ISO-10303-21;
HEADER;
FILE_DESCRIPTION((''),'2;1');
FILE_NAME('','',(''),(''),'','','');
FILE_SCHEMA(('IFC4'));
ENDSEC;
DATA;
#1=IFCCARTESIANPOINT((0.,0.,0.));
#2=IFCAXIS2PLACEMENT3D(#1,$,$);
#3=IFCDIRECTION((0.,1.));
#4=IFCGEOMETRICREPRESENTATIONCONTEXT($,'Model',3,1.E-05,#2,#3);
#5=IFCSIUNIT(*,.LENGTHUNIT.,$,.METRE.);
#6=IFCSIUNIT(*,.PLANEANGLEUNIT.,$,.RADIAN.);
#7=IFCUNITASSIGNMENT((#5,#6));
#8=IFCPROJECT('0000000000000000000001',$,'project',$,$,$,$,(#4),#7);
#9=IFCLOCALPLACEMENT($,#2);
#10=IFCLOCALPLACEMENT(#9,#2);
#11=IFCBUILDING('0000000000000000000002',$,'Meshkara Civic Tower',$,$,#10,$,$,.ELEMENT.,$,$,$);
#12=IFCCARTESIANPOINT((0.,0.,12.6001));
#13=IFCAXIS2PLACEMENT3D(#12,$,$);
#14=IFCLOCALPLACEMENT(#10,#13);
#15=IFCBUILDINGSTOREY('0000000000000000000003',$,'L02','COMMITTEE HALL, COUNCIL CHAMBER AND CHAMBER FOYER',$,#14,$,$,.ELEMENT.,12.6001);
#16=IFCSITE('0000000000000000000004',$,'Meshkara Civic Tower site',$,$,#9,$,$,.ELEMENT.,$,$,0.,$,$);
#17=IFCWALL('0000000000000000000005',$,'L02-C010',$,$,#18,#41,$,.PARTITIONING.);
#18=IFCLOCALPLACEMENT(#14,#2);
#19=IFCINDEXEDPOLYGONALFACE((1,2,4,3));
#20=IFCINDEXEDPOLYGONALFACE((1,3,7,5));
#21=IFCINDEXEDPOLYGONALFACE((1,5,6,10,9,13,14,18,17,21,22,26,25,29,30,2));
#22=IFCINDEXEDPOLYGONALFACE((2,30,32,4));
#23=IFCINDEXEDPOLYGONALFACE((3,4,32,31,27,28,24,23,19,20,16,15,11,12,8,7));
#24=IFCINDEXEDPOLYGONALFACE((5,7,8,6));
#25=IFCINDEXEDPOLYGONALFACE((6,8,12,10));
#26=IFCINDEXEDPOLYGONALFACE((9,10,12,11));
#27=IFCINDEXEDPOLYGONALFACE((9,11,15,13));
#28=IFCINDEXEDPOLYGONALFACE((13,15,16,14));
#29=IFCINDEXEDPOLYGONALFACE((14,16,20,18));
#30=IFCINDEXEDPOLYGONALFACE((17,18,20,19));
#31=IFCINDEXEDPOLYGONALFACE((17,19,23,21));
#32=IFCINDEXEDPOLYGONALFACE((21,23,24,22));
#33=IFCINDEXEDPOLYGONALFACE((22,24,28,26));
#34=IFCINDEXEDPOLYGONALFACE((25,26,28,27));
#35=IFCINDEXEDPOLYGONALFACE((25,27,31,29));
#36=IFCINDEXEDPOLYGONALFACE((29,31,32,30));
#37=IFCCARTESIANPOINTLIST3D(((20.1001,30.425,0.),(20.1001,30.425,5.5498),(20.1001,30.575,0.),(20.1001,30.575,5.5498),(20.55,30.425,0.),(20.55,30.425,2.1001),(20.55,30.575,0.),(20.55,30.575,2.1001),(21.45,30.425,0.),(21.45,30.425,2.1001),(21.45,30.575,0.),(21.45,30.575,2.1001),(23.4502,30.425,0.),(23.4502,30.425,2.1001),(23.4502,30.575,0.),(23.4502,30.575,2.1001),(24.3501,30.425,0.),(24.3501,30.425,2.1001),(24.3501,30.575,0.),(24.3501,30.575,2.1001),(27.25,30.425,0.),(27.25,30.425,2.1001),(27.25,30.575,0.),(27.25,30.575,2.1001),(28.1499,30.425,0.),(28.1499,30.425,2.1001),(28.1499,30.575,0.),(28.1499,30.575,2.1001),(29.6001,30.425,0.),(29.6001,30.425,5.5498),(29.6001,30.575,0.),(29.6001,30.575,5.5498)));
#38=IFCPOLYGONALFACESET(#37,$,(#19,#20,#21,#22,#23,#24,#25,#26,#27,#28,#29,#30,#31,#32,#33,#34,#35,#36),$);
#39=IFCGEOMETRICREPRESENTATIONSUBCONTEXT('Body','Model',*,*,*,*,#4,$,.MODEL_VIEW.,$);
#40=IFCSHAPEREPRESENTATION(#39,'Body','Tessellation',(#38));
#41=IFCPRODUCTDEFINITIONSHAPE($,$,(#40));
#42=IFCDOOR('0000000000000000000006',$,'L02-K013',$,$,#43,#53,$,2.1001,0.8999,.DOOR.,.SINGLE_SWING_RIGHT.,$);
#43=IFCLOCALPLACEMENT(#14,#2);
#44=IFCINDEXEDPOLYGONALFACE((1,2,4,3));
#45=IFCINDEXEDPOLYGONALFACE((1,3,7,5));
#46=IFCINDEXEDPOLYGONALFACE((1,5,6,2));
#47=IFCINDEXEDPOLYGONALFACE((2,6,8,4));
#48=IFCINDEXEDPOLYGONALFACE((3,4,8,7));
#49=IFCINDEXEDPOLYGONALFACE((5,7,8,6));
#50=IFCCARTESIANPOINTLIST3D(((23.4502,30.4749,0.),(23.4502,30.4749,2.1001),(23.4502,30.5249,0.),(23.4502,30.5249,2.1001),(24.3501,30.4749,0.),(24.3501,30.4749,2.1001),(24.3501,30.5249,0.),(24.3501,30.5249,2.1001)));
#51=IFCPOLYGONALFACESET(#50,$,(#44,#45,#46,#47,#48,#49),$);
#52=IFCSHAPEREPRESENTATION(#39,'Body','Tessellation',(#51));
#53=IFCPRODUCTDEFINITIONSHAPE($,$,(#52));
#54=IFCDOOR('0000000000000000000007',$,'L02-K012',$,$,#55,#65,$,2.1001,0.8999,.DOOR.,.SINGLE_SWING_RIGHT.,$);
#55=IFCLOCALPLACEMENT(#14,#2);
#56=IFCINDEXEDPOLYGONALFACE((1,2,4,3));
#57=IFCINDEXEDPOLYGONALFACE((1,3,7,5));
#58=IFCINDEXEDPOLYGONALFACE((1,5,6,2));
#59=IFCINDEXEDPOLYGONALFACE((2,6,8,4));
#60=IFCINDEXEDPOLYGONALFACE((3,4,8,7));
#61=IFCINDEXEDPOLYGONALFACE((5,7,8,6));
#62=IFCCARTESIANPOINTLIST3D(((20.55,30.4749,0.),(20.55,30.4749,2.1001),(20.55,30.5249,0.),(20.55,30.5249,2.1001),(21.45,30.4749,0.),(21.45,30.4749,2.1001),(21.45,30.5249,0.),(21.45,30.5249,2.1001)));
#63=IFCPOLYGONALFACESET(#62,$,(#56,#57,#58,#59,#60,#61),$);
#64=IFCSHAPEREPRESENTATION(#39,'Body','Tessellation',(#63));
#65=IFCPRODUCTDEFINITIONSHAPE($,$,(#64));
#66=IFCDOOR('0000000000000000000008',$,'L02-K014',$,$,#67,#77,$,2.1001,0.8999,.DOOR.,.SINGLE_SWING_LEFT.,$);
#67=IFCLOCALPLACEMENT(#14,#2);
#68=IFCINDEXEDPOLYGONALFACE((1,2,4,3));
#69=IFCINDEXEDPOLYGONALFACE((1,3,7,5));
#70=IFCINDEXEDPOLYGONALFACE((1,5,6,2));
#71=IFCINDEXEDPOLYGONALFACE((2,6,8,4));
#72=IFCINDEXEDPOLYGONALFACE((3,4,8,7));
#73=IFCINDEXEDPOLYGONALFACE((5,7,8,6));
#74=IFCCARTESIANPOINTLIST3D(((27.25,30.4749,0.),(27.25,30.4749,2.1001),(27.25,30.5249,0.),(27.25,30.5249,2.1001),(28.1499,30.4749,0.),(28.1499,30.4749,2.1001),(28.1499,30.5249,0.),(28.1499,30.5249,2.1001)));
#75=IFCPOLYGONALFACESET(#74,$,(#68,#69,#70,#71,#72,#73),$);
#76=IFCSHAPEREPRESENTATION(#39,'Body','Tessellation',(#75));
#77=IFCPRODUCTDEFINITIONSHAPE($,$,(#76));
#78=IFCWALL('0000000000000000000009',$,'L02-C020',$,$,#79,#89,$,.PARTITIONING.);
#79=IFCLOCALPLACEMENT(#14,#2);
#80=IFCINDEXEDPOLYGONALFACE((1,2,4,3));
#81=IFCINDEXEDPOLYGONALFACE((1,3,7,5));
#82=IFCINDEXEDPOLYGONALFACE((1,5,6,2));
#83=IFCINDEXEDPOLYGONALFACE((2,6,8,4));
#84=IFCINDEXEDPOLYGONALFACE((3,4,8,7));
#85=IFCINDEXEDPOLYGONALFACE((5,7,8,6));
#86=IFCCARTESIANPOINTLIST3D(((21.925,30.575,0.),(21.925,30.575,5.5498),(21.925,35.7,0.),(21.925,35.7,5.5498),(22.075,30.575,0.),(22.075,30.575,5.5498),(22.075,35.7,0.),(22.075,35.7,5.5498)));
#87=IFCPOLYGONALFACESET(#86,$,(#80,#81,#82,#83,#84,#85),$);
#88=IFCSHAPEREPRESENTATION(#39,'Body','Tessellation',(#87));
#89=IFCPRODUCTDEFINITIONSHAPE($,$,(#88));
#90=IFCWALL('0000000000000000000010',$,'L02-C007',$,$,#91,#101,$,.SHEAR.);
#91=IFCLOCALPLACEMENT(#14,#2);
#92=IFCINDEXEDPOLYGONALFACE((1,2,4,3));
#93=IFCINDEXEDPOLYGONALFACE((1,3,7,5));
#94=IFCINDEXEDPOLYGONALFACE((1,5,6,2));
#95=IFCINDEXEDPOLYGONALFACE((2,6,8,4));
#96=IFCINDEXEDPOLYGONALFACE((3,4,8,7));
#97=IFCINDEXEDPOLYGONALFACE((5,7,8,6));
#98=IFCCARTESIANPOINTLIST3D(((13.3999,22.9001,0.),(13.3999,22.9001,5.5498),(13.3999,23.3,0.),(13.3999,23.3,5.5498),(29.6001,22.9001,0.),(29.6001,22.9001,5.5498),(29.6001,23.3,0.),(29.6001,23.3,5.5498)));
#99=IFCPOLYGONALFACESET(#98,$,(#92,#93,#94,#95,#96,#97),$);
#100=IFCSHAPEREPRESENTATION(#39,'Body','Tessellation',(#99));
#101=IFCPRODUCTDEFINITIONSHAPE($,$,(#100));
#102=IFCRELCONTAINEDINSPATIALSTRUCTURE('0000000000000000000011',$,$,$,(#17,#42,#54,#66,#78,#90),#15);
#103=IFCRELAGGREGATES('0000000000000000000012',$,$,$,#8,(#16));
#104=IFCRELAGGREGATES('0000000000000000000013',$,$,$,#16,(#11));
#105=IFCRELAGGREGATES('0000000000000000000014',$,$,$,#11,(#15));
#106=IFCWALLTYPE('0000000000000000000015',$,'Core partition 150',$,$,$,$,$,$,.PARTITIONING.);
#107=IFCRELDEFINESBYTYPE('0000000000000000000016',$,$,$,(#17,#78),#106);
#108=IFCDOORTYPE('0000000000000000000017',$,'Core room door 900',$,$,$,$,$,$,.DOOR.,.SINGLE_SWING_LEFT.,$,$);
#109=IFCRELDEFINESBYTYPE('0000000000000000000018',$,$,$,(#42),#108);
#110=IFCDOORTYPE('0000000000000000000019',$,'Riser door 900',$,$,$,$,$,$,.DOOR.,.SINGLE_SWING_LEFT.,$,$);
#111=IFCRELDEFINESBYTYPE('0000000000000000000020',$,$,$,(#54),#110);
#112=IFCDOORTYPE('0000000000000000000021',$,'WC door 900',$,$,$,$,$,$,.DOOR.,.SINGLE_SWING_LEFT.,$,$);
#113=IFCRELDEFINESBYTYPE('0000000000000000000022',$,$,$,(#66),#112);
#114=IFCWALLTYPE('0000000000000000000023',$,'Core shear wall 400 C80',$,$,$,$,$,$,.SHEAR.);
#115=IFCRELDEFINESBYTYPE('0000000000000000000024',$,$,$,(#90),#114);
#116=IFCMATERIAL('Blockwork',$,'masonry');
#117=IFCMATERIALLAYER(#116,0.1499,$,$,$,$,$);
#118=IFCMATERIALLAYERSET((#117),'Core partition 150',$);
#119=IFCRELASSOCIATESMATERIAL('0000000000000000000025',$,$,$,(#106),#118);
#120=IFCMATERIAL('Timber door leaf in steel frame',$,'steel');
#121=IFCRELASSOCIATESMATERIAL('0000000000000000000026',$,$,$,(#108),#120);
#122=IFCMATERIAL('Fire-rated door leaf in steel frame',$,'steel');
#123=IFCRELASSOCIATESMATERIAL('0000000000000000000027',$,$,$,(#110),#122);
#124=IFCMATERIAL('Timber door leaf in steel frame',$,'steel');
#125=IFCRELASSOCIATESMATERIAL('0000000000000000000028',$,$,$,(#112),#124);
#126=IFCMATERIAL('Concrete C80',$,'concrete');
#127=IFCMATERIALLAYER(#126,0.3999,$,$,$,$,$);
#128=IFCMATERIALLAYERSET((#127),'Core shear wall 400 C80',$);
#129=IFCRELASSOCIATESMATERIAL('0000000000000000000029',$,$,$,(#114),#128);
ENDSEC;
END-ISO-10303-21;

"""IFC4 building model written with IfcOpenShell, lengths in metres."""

from ifc_helpers import new_model, si_unit, direction, frame, frame_2d, origin, place, context, subcontext, project, spatial, rectangle, extrude, material, layer, layer_set, type_object, element, fill, save


model = new_model("IFC4")

# Units and contexts
model_context = context("Model", 3, precision=1e-05, world=origin(), true_north=direction((0.0, 1.0)))
body_context = subcontext(model_context, "Body", "Model", "MODEL_VIEW")
ifc_project = project(units=[si_unit("LENGTHUNIT", "METRE"), si_unit("PLANEANGLEUNIT", "RADIAN")], contexts=[model_context])

# Site, building, storey
site_placement = place(None, origin())
site = spatial("IfcSite", under=ifc_project, at=site_placement, Name="Meshkara Civic Tower site", CompositionType="ELEMENT", RefElevation=0.0)
building_placement = place(site_placement, origin())
building = spatial("IfcBuilding", under=site, at=building_placement, Name="Meshkara Civic Tower", CompositionType="ELEMENT")
storey_placement = place(building_placement, frame((0.0, 0.0, 12.6001)))
storey = spatial("IfcBuildingStorey", under=building, at=storey_placement, Name="L02", Description="COMMITTEE HALL, COUNCIL CHAMBER AND CHAMBER FOYER", CompositionType="ELEMENT", Elevation=12.6001)

# Wall, openings, doors
ifc_material_1 = material(Name="Blockwork", Category="masonry")
ifc_layer_1 = layer(ifc_material_1, 0.1499)
ifc_layer_set_1 = layer_set([ifc_layer_1], Name="Core partition 150")
wall_type_1 = type_object("IfcWallType", Name="Core partition 150", PredefinedType="PARTITIONING", material=ifc_layer_set_1)
wall_1_placement = place(storey_placement, frame((20.1001, 30.5, 0.0), z_axis=(0.0, 0.0, 1.0), x_axis=(1.0, 0.0, 0.0)))
wall_1 = element("IfcWall", 1, at=wall_1_placement, inside=storey, type_object=wall_type_1, Name="L02-C010", PredefinedType="PARTITIONING", context=body_context, shape_type="SweptSolid", body=[
    extrude(rectangle(XDim=9.5, YDim=0.1499, at=frame_2d((4.75, 0.0))), origin(), (0.0, 0.0, 1.0), 5.5498),
])
opening_1_placement = place(wall_1_placement, frame((0.45, 0.0, 0.0)))
opening_1 = element("IfcOpeningElement", 2, at=opening_1_placement, cuts=wall_1, PredefinedType="OPENING", context=body_context, shape_type="SweptSolid", body=[
    extrude(rectangle(XDim=0.8999, YDim=2.1001, at=frame_2d((0.45, 1.05))), frame((0.0, 0.085, 0.0), z_axis=(0.0, -1.0, 0.0), x_axis=(1.0, 0.0, 0.0)), (0.0, 0.0, 1.0), 0.1699),
])
opening_2_placement = place(wall_1_placement, frame((3.3501, 0.0, 0.0)))
opening_2 = element("IfcOpeningElement", 3, at=opening_2_placement, cuts=wall_1, PredefinedType="OPENING", context=body_context, shape_type="SweptSolid", body=[
    extrude(rectangle(XDim=0.8999, YDim=2.1001, at=frame_2d((0.45, 1.05))), frame((0.0, 0.085, 0.0), z_axis=(0.0, -1.0, 0.0), x_axis=(1.0, 0.0, 0.0)), (0.0, 0.0, 1.0), 0.1699),
])
opening_3_placement = place(wall_1_placement, frame((7.1499, 0.0, 0.0)))
opening_3 = element("IfcOpeningElement", 4, at=opening_3_placement, cuts=wall_1, PredefinedType="OPENING", context=body_context, shape_type="SweptSolid", body=[
    extrude(rectangle(XDim=0.8999, YDim=2.1001, at=frame_2d((0.45, 1.05))), frame((0.0, 0.085, 0.0), z_axis=(0.0, -1.0, 0.0), x_axis=(1.0, 0.0, 0.0)), (0.0, 0.0, 1.0), 0.1699),
])
ifc_material_2 = material(Name="Timber door leaf in steel frame", Category="steel")
door_type_1 = type_object("IfcDoorType", Name="Core room door 900", OperationType="SINGLE_SWING_LEFT", PredefinedType="DOOR", material=ifc_material_2)
door_1_placement = place(opening_2_placement, origin())
door_1 = element("IfcDoor", 5, at=door_1_placement, inside=storey, type_object=door_type_1, Name="L02-K013", OperationType="SINGLE_SWING_RIGHT", OverallHeight=2.1001, OverallWidth=0.8999, PredefinedType="DOOR", context=body_context, shape_type="SweptSolid", body=[
    extrude(rectangle(XDim=0.8999, YDim=2.1001, at=frame_2d((0.45, 1.05))), frame((0.0, 0.0249, 0.0), z_axis=(0.0, -1.0, 0.0), x_axis=(1.0, 0.0, 0.0)), (0.0, 0.0, 1.0), 0.05),
])
fill(opening_2, door_1)
ifc_material_3 = material(Name="Fire-rated door leaf in steel frame", Category="steel")
door_type_2 = type_object("IfcDoorType", Name="Riser door 900", OperationType="SINGLE_SWING_LEFT", PredefinedType="DOOR", material=ifc_material_3)
door_2_placement = place(opening_1_placement, origin())
door_2 = element("IfcDoor", 6, at=door_2_placement, inside=storey, type_object=door_type_2, Name="L02-K012", OperationType="SINGLE_SWING_RIGHT", OverallHeight=2.1001, OverallWidth=0.8999, PredefinedType="DOOR", context=body_context, shape_type="SweptSolid", body=[
    extrude(rectangle(XDim=0.8999, YDim=2.1001, at=frame_2d((0.45, 1.05))), frame((0.0, 0.0249, 0.0), z_axis=(0.0, -1.0, 0.0), x_axis=(1.0, 0.0, 0.0)), (0.0, 0.0, 1.0), 0.05),
])
fill(opening_1, door_2)
ifc_material_4 = material(Name="Timber door leaf in steel frame", Category="steel")
door_type_3 = type_object("IfcDoorType", Name="WC door 900", OperationType="SINGLE_SWING_LEFT", PredefinedType="DOOR", material=ifc_material_4)
door_3_placement = place(opening_3_placement, origin())
door_3 = element("IfcDoor", 7, at=door_3_placement, inside=storey, type_object=door_type_3, Name="L02-K014", OperationType="SINGLE_SWING_LEFT", OverallHeight=2.1001, OverallWidth=0.8999, PredefinedType="DOOR", context=body_context, shape_type="SweptSolid", body=[
    extrude(rectangle(XDim=0.8999, YDim=2.1001, at=frame_2d((0.45, 1.05))), frame((0.0, 0.0249, 0.0), z_axis=(0.0, -1.0, 0.0), x_axis=(1.0, 0.0, 0.0)), (0.0, 0.0, 1.0), 0.05),
])
fill(opening_3, door_3)

# Walls
wall_2_placement = place(storey_placement, frame((22.0, 30.575, 0.0), z_axis=(0.0, 0.0, 1.0), x_axis=(0.0, 1.0, 0.0)))
element("IfcWall", 8, at=wall_2_placement, inside=storey, type_object=wall_type_1, Name="L02-C020", PredefinedType="PARTITIONING", context=body_context, shape_type="SweptSolid", body=[
    extrude(rectangle(XDim=5.125, YDim=0.1499, at=frame_2d((2.5625, 0.0))), origin(), (0.0, 0.0, 1.0), 5.5498),
])
ifc_material_5 = material(Name="Concrete C80", Category="concrete")
ifc_layer_2 = layer(ifc_material_5, 0.3999)
ifc_layer_set_2 = layer_set([ifc_layer_2], Name="Core shear wall 400 C80")
wall_type_2 = type_object("IfcWallType", Name="Core shear wall 400 C80", PredefinedType="SHEAR", material=ifc_layer_set_2)
wall_3_placement = place(storey_placement, frame((13.3999, 23.1001, 0.0), z_axis=(0.0, 0.0, 1.0), x_axis=(1.0, 0.0, 0.0)))
element("IfcWall", 9, at=wall_3_placement, inside=storey, type_object=wall_type_2, Name="L02-C007", PredefinedType="SHEAR", context=body_context, shape_type="SweptSolid", body=[
    extrude(rectangle(XDim=16.2002, YDim=0.3999, at=frame_2d((8.1001, 0.0))), origin(), (0.0, 0.0, 1.0), 5.5498),
])

save(model, "model.ifc")
